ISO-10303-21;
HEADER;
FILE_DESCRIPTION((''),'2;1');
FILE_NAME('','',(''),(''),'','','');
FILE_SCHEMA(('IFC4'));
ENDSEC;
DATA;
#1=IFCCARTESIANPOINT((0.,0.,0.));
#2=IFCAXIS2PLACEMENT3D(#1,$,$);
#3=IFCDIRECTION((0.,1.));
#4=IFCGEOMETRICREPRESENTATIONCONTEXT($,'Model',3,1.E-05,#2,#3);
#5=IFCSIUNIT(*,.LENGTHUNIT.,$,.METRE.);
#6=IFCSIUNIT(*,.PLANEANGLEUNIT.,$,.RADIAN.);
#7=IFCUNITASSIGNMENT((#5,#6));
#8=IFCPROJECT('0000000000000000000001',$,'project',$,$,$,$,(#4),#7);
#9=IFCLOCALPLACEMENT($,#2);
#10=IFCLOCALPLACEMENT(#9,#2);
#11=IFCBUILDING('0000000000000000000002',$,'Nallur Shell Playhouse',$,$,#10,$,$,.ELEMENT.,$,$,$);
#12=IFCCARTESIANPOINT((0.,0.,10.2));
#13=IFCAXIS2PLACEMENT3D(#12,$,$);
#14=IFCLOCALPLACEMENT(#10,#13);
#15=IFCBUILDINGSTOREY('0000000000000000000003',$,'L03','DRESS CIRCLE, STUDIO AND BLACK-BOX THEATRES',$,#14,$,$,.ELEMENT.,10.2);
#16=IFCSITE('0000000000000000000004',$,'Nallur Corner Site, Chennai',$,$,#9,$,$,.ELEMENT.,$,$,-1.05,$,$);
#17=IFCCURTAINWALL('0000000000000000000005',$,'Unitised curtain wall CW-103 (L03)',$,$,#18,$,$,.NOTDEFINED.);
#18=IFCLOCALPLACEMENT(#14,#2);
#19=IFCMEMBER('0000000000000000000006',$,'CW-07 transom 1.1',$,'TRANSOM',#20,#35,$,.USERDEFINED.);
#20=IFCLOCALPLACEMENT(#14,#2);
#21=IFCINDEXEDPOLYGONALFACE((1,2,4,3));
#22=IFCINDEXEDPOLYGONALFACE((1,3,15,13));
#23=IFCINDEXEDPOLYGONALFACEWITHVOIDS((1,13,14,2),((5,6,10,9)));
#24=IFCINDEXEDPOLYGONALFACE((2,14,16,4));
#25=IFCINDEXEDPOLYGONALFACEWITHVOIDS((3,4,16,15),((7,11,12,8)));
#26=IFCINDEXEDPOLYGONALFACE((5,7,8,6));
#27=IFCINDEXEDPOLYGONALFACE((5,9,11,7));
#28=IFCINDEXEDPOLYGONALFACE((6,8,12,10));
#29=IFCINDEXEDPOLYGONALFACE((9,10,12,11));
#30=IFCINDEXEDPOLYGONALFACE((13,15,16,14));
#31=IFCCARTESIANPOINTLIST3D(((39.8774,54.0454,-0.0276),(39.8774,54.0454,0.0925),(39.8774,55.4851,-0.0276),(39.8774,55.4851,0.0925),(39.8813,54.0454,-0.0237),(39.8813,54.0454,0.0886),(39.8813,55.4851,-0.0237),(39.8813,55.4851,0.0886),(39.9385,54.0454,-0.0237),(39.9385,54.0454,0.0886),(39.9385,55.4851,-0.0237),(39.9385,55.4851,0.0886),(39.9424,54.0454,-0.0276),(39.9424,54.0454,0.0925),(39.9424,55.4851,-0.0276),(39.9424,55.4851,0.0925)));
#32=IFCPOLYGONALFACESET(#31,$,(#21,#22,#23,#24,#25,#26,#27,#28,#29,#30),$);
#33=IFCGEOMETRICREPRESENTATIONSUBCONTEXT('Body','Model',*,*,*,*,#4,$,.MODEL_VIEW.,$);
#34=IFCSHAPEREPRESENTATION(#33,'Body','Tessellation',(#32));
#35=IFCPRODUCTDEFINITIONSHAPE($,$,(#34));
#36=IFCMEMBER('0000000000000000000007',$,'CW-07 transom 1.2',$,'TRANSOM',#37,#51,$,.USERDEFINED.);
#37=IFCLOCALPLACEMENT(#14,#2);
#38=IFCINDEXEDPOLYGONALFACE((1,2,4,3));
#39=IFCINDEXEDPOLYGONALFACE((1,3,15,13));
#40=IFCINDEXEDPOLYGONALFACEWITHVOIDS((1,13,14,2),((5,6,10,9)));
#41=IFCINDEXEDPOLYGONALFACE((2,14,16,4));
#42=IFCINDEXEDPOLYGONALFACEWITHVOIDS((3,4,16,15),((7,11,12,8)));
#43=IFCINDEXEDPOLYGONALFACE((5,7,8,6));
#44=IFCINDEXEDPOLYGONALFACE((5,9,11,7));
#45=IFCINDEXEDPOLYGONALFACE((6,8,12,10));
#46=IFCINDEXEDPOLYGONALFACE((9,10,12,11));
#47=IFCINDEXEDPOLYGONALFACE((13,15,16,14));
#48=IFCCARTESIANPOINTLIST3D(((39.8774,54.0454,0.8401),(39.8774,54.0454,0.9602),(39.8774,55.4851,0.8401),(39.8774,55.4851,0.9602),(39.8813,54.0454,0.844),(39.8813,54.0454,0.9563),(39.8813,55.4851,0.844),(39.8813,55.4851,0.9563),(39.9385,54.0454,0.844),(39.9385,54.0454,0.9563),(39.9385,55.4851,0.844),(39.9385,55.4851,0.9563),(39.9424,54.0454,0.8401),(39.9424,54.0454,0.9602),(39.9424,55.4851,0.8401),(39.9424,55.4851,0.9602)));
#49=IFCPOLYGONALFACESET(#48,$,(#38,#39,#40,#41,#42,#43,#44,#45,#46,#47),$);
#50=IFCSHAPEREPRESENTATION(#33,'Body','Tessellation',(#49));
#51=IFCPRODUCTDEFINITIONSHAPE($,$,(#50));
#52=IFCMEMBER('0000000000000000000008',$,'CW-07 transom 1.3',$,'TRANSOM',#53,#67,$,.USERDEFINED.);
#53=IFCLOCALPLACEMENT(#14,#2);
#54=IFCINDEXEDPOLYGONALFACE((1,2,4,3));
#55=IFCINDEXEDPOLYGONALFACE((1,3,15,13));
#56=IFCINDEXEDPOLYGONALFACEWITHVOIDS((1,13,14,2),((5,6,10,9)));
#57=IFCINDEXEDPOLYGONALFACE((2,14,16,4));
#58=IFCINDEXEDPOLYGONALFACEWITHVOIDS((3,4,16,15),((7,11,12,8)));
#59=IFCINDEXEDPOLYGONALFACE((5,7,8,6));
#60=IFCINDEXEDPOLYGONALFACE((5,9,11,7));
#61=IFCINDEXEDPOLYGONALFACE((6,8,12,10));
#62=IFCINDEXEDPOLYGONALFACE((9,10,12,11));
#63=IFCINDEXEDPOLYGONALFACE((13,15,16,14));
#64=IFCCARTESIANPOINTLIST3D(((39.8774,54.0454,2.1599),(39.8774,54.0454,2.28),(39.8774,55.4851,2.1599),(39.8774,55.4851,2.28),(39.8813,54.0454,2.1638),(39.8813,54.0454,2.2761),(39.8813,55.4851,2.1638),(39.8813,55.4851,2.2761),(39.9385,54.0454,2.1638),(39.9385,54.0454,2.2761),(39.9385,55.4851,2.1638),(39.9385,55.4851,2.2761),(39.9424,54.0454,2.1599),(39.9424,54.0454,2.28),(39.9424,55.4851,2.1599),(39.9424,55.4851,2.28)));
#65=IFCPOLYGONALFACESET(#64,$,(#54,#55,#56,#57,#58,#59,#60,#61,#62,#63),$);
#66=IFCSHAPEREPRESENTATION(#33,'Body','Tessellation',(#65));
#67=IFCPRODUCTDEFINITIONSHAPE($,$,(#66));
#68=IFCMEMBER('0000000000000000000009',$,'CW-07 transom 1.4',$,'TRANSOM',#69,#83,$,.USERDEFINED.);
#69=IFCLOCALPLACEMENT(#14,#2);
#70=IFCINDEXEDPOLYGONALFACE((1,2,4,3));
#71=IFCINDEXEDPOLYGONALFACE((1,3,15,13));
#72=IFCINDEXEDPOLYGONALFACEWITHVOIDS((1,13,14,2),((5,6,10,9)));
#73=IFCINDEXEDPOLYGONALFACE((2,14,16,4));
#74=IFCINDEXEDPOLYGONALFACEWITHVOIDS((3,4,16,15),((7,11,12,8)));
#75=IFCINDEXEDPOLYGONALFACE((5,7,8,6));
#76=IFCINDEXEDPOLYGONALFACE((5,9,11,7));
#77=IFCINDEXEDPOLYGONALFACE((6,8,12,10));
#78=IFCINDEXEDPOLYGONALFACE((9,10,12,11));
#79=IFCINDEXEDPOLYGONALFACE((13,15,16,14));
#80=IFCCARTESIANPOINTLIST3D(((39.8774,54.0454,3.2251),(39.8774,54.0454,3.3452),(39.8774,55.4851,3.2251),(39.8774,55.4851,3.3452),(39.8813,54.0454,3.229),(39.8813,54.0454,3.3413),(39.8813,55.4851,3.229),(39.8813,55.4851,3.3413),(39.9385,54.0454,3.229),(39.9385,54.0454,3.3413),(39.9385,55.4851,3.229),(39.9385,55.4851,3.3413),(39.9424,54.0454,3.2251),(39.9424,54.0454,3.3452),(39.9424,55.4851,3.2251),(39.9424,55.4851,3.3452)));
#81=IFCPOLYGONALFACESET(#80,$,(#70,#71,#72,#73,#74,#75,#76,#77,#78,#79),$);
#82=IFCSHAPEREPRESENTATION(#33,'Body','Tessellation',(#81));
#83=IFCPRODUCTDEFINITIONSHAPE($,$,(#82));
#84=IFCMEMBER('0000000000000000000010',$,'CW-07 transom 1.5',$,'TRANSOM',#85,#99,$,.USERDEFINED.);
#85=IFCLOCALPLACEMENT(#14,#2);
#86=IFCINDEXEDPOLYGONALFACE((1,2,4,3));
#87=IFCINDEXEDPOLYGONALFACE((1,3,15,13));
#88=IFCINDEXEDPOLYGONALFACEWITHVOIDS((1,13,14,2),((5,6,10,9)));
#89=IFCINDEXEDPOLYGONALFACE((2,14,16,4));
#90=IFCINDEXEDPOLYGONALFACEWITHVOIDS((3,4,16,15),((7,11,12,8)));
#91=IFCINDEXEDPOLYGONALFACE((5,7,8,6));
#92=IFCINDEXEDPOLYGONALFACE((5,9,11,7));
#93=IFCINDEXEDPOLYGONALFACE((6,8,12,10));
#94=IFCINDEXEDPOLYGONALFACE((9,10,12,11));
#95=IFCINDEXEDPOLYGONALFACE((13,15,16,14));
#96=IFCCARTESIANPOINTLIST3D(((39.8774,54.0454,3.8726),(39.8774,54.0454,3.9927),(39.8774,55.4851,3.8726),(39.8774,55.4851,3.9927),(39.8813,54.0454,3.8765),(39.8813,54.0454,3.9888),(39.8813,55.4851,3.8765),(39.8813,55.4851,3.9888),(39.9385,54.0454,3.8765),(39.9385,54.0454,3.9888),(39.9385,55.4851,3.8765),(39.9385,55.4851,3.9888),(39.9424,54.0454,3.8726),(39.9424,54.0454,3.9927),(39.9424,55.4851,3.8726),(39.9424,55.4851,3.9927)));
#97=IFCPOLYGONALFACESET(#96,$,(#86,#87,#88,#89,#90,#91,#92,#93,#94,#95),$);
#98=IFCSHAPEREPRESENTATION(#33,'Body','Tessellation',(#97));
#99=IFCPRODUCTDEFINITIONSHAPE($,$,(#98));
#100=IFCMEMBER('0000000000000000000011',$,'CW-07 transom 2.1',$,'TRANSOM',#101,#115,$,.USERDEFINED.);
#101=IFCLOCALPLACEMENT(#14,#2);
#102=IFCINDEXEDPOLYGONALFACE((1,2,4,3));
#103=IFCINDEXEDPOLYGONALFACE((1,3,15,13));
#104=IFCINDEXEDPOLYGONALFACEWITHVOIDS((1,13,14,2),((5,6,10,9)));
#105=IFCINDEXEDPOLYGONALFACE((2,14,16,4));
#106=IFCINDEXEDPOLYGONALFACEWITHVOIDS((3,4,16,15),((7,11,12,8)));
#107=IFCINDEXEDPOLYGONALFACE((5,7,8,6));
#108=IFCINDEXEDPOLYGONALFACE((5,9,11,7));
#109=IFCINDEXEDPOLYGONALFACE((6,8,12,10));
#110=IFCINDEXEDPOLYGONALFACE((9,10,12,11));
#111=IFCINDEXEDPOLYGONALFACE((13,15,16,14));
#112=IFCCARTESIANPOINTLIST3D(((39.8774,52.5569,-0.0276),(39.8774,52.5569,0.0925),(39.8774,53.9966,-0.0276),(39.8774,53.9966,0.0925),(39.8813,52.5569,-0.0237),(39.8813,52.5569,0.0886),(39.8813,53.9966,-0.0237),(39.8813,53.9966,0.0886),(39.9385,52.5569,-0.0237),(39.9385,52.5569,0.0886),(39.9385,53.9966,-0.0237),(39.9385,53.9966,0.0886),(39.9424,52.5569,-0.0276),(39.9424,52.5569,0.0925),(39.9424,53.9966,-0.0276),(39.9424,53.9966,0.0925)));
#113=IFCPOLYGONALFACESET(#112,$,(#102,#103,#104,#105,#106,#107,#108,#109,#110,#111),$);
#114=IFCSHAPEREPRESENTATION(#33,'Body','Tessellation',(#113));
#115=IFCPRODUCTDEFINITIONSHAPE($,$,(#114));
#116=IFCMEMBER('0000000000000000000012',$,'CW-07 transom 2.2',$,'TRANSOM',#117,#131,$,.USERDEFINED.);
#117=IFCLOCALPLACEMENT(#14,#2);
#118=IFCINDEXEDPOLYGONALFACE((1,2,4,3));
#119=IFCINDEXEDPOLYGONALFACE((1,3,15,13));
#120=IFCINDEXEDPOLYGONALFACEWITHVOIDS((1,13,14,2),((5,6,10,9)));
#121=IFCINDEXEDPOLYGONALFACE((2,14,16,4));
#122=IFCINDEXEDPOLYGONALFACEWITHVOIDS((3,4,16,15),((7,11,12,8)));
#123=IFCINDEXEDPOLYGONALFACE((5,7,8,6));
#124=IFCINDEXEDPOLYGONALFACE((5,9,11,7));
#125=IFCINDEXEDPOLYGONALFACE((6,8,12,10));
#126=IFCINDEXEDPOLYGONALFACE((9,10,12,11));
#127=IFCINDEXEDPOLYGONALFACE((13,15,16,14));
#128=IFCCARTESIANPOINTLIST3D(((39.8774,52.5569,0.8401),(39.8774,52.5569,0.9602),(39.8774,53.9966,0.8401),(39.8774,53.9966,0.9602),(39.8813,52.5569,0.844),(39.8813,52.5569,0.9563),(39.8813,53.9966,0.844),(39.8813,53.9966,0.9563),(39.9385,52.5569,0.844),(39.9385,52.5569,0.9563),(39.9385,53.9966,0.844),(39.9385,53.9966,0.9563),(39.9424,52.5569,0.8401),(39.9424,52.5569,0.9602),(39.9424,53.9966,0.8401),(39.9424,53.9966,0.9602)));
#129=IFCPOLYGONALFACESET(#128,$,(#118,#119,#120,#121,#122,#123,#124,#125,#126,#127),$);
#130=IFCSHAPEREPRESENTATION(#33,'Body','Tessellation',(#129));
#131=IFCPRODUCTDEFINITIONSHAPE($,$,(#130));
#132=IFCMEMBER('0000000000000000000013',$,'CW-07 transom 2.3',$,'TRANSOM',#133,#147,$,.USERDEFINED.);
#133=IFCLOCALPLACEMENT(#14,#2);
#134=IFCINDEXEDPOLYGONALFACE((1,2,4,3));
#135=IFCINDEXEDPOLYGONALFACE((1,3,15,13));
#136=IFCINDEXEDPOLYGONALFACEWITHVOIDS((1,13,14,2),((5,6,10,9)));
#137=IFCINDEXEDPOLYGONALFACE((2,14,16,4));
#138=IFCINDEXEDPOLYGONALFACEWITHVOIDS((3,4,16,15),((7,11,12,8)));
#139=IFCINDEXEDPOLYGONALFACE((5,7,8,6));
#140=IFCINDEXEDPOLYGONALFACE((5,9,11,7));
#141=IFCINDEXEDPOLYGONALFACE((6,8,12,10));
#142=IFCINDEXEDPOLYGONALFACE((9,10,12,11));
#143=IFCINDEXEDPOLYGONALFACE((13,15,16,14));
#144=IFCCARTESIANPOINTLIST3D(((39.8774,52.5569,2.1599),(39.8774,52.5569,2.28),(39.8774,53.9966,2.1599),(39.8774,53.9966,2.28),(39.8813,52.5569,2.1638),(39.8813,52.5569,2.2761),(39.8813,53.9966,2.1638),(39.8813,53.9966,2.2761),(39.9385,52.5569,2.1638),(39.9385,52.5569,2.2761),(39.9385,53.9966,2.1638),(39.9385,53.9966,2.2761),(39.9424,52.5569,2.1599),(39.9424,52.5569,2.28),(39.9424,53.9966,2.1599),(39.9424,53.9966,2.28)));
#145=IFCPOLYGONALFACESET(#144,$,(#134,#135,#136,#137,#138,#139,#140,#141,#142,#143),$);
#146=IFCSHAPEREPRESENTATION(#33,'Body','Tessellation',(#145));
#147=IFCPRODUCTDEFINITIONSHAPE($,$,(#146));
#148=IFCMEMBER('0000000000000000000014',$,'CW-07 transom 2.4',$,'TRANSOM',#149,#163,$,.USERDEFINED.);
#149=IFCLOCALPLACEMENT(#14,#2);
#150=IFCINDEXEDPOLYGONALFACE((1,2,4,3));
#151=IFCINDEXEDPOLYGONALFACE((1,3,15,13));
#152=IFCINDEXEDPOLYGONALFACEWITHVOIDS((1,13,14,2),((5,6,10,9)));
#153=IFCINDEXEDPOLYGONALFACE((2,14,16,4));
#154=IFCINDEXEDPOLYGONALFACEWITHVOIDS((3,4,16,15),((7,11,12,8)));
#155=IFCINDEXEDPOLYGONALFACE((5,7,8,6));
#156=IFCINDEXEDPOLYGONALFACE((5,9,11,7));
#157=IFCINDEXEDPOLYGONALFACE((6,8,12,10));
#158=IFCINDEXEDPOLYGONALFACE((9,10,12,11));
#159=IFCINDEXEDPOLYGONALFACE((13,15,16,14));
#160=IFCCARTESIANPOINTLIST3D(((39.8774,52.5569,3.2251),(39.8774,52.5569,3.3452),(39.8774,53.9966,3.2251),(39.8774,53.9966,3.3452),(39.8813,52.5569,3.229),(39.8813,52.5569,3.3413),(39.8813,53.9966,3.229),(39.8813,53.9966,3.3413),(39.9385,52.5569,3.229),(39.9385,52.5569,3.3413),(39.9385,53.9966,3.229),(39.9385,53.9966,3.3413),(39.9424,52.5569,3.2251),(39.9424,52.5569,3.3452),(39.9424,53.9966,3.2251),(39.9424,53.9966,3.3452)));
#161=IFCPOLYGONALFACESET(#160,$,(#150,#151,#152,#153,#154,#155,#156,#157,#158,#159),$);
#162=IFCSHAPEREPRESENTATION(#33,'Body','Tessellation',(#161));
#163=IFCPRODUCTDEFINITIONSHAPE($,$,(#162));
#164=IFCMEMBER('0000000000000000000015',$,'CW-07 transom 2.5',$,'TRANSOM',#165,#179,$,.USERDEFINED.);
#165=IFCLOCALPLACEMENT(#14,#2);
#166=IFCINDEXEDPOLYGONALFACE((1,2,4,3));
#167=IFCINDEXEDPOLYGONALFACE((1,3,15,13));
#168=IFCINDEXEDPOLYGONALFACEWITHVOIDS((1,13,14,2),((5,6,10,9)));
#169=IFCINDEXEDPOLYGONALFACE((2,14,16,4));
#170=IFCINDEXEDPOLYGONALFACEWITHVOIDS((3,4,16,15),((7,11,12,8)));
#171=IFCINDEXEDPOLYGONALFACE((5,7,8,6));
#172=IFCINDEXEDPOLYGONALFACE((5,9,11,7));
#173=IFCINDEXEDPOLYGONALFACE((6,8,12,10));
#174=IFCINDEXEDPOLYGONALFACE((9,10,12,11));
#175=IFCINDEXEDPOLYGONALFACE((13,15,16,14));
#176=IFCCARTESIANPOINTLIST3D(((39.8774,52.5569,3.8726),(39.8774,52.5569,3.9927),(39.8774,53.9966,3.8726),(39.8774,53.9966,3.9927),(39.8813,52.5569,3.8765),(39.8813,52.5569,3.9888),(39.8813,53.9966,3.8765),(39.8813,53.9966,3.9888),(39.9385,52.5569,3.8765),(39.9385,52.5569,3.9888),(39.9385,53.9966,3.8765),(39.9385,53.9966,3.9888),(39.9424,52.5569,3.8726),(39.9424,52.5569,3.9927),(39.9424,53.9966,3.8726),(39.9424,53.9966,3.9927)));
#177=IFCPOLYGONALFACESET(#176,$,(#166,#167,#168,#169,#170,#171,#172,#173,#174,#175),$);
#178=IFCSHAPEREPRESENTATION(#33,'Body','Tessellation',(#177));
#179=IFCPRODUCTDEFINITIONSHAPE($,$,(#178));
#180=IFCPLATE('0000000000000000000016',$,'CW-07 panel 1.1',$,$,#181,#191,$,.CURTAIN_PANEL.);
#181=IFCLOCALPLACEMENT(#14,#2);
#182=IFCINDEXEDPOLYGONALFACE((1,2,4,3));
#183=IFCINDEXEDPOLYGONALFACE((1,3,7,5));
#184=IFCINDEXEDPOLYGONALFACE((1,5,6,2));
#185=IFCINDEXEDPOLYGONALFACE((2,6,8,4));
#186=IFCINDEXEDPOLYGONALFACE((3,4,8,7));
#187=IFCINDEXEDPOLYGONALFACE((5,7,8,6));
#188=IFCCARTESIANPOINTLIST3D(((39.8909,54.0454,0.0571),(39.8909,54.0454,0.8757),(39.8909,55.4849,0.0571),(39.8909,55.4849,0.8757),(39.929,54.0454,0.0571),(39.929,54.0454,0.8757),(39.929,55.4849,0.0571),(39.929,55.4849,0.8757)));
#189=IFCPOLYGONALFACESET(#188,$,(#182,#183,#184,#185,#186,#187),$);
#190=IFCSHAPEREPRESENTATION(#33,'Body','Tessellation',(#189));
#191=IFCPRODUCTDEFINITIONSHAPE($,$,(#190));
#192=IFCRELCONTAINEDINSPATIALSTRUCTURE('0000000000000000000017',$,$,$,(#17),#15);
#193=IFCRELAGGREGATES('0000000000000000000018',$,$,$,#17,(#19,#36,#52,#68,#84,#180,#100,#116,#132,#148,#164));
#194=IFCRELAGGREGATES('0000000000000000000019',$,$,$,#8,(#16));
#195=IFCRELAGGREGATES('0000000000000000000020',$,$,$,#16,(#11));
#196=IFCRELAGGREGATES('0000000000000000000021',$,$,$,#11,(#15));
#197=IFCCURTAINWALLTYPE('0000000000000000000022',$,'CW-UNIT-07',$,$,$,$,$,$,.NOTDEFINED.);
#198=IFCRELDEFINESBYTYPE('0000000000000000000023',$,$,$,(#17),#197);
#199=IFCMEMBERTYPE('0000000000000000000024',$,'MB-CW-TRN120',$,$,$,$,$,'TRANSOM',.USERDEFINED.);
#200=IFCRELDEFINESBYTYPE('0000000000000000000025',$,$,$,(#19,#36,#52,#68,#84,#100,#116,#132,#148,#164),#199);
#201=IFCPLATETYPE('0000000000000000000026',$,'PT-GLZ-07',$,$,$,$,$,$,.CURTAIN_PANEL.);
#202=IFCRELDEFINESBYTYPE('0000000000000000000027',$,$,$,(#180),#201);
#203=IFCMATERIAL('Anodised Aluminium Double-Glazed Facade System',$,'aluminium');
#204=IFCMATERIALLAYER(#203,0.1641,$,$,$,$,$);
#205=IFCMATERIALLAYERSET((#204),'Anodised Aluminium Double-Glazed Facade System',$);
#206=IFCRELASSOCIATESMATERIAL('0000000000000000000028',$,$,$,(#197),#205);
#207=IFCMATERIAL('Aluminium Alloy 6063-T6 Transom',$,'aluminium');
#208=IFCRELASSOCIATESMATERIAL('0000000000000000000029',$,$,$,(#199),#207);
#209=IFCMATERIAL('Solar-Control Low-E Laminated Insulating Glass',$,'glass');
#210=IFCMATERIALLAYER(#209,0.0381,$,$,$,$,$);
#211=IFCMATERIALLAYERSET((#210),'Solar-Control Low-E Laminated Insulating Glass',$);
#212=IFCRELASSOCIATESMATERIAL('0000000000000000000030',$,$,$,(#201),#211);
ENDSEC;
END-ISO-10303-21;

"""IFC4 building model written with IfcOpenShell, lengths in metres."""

from ifc_helpers import new_model, si_unit, direction, frame, origin, origin_2d, place, context, subcontext, project, spatial, rectangle, hollow_rectangle, extrude, material, layer, layer_set, material_profile, profile_set, type_object, element, aggregate, save


model = new_model("IFC4")

# Units and contexts
model_context = context("Model", 3, precision=1e-05, world=origin(), true_north=direction((0.0, 1.0)))
body_context = subcontext(model_context, "Body", "Model", "MODEL_VIEW")
ifc_project = project(units=[si_unit("LENGTHUNIT", "METRE"), si_unit("PLANEANGLEUNIT", "RADIAN")], contexts=[model_context])

# Site, building, storey
site_placement = place(None, origin())
site = spatial("IfcSite", under=ifc_project, at=site_placement, Name="Nallur Corner Site, Chennai", CompositionType="ELEMENT", RefElevation=-1.05)
building_placement = place(site_placement, origin())
building = spatial("IfcBuilding", under=site, at=building_placement, Name="Nallur Shell Playhouse", CompositionType="ELEMENT")
storey_placement = place(building_placement, frame((0.0, 0.0, 10.2)))
storey = spatial("IfcBuildingStorey", under=building, at=storey_placement, Name="L03", Description="DRESS CIRCLE, STUDIO AND BLACK-BOX THEATRES", CompositionType="ELEMENT", Elevation=10.2)

# Curtain wall, members, plate
ifc_material_1 = material(Name="Anodised Aluminium Double-Glazed Facade System", Category="aluminium")
ifc_layer_1 = layer(ifc_material_1, 0.1641)
ifc_layer_set_1 = layer_set([ifc_layer_1], Name="Anodised Aluminium Double-Glazed Facade System")
curtain_wall_type = type_object("IfcCurtainWallType", Name="CW-UNIT-07", PredefinedType="NOTDEFINED", material=ifc_layer_set_1)
curtain_wall_placement = place(storey_placement, origin())
curtain_wall = element("IfcCurtainWall", 1, at=curtain_wall_placement, inside=storey, type_object=curtain_wall_type, Name="Unitised curtain wall CW-103 (L03)", PredefinedType="NOTDEFINED")
ifc_material_2 = material(Name="Aluminium Alloy 6063-T6 Transom", Category="aluminium")
ifc_material_profile_1 = material_profile(ifc_material_2, hollow_rectangle(XDim=0.0649, YDim=0.1201, WallThickness=0.0039, at=origin_2d()), Name="ALU 65x120x4")
ifc_profile_set_1 = profile_set([ifc_material_profile_1], Name="Aluminium Alloy 6063-T6 Transom")
member_type_1 = type_object("IfcMemberType", Name="MB-CW-TRN120", ElementType="TRANSOM", PredefinedType="USERDEFINED", material=ifc_profile_set_1)
member_1_placement = place(storey_placement, frame((39.9099, 55.4851, 0.0325), z_axis=(0.0, -1.0, 0.0), x_axis=(1.0, 0.0, 0.0)))
member_1 = element("IfcMember", 2, at=member_1_placement, type_object=member_type_1, Name="CW-07 transom 1.1", ObjectType="TRANSOM", PredefinedType="USERDEFINED", context=body_context, shape_type="SweptSolid", body=[
    extrude(hollow_rectangle(XDim=0.0649, YDim=0.1201, WallThickness=0.0039, at=origin_2d()), origin(), (0.0, 0.0, 1.0), 1.4397),
])
member_2_placement = place(storey_placement, frame((39.9099, 55.4851, 0.9001), z_axis=(0.0, -1.0, 0.0), x_axis=(1.0, 0.0, 0.0)))
member_2 = element("IfcMember", 3, at=member_2_placement, type_object=member_type_1, Name="CW-07 transom 1.2", ObjectType="TRANSOM", PredefinedType="USERDEFINED", context=body_context, shape_type="SweptSolid", body=[
    extrude(hollow_rectangle(XDim=0.0649, YDim=0.1201, WallThickness=0.0039, at=origin_2d()), origin(), (0.0, 0.0, 1.0), 1.4397),
])
member_3_placement = place(storey_placement, frame((39.9099, 55.4851, 2.22), z_axis=(0.0, -1.0, 0.0), x_axis=(1.0, 0.0, 0.0)))
member_3 = element("IfcMember", 4, at=member_3_placement, type_object=member_type_1, Name="CW-07 transom 1.3", ObjectType="TRANSOM", PredefinedType="USERDEFINED", context=body_context, shape_type="SweptSolid", body=[
    extrude(hollow_rectangle(XDim=0.0649, YDim=0.1201, WallThickness=0.0039, at=origin_2d()), origin(), (0.0, 0.0, 1.0), 1.4397),
])
member_4_placement = place(storey_placement, frame((39.9099, 55.4851, 3.2852), z_axis=(0.0, -1.0, 0.0), x_axis=(1.0, 0.0, 0.0)))
member_4 = element("IfcMember", 5, at=member_4_placement, type_object=member_type_1, Name="CW-07 transom 1.4", ObjectType="TRANSOM", PredefinedType="USERDEFINED", context=body_context, shape_type="SweptSolid", body=[
    extrude(hollow_rectangle(XDim=0.0649, YDim=0.1201, WallThickness=0.0039, at=origin_2d()), origin(), (0.0, 0.0, 1.0), 1.4397),
])
member_5_placement = place(storey_placement, frame((39.9099, 55.4851, 3.9326), z_axis=(0.0, -1.0, 0.0), x_axis=(1.0, 0.0, 0.0)))
member_5 = element("IfcMember", 6, at=member_5_placement, type_object=member_type_1, Name="CW-07 transom 1.5", ObjectType="TRANSOM", PredefinedType="USERDEFINED", context=body_context, shape_type="SweptSolid", body=[
    extrude(hollow_rectangle(XDim=0.0649, YDim=0.1201, WallThickness=0.0039, at=origin_2d()), origin(), (0.0, 0.0, 1.0), 1.4397),
])
member_6_placement = place(storey_placement, frame((39.9099, 53.9966, 0.0325), z_axis=(0.0, -1.0, 0.0), x_axis=(1.0, 0.0, 0.0)))
member_6 = element("IfcMember", 7, at=member_6_placement, type_object=member_type_1, Name="CW-07 transom 2.1", ObjectType="TRANSOM", PredefinedType="USERDEFINED", context=body_context, shape_type="SweptSolid", body=[
    extrude(hollow_rectangle(XDim=0.0649, YDim=0.1201, WallThickness=0.0039, at=origin_2d()), origin(), (0.0, 0.0, 1.0), 1.4397),
])
member_7_placement = place(storey_placement, frame((39.9099, 53.9966, 0.9001), z_axis=(0.0, -1.0, 0.0), x_axis=(1.0, 0.0, 0.0)))
member_7 = element("IfcMember", 8, at=member_7_placement, type_object=member_type_1, Name="CW-07 transom 2.2", ObjectType="TRANSOM", PredefinedType="USERDEFINED", context=body_context, shape_type="SweptSolid", body=[
    extrude(hollow_rectangle(XDim=0.0649, YDim=0.1201, WallThickness=0.0039, at=origin_2d()), origin(), (0.0, 0.0, 1.0), 1.4397),
])
member_8_placement = place(storey_placement, frame((39.9099, 53.9966, 2.22), z_axis=(0.0, -1.0, 0.0), x_axis=(1.0, 0.0, 0.0)))
member_8 = element("IfcMember", 9, at=member_8_placement, type_object=member_type_1, Name="CW-07 transom 2.3", ObjectType="TRANSOM", PredefinedType="USERDEFINED", context=body_context, shape_type="SweptSolid", body=[
    extrude(hollow_rectangle(XDim=0.0649, YDim=0.1201, WallThickness=0.0039, at=origin_2d()), origin(), (0.0, 0.0, 1.0), 1.4397),
])
member_9_placement = place(storey_placement, frame((39.9099, 53.9966, 3.2852), z_axis=(0.0, -1.0, 0.0), x_axis=(1.0, 0.0, 0.0)))
member_9 = element("IfcMember", 10, at=member_9_placement, type_object=member_type_1, Name="CW-07 transom 2.4", ObjectType="TRANSOM", PredefinedType="USERDEFINED", context=body_context, shape_type="SweptSolid", body=[
    extrude(hollow_rectangle(XDim=0.0649, YDim=0.1201, WallThickness=0.0039, at=origin_2d()), origin(), (0.0, 0.0, 1.0), 1.4397),
])
member_10_placement = place(storey_placement, frame((39.9099, 53.9966, 3.9326), z_axis=(0.0, -1.0, 0.0), x_axis=(1.0, 0.0, 0.0)))
member_10 = element("IfcMember", 11, at=member_10_placement, type_object=member_type_1, Name="CW-07 transom 2.5", ObjectType="TRANSOM", PredefinedType="USERDEFINED", context=body_context, shape_type="SweptSolid", body=[
    extrude(hollow_rectangle(XDim=0.0649, YDim=0.1201, WallThickness=0.0039, at=origin_2d()), origin(), (0.0, 0.0, 1.0), 1.4397),
])
ifc_material_3 = material(Name="Solar-Control Low-E Laminated Insulating Glass", Category="glass")
ifc_layer_2 = layer(ifc_material_3, 0.0381)
ifc_layer_set_2 = layer_set([ifc_layer_2], Name="Solar-Control Low-E Laminated Insulating Glass")
plate_type = type_object("IfcPlateType", Name="PT-GLZ-07", PredefinedType="CURTAIN_PANEL", material=ifc_layer_set_2)
plate_1_placement = place(storey_placement, frame((39.9099, 54.7651, 0.0571), z_axis=(0.0, 0.0, 1.0), x_axis=(0.0, -1.0, 0.0)))
plate_1 = element("IfcPlate", 12, at=plate_1_placement, type_object=plate_type, Name="CW-07 panel 1.1", PredefinedType="CURTAIN_PANEL", context=body_context, shape_type="SweptSolid", body=[
    extrude(rectangle(XDim=1.4395, YDim=0.0381, at=origin_2d()), origin(), (0.0, 0.0, 1.0), 0.8186),
])
aggregate(curtain_wall, [member_1, member_2, member_3, member_4, member_5, plate_1, member_6, member_7, member_8, member_9, member_10])

save(model, "model.ifc")
